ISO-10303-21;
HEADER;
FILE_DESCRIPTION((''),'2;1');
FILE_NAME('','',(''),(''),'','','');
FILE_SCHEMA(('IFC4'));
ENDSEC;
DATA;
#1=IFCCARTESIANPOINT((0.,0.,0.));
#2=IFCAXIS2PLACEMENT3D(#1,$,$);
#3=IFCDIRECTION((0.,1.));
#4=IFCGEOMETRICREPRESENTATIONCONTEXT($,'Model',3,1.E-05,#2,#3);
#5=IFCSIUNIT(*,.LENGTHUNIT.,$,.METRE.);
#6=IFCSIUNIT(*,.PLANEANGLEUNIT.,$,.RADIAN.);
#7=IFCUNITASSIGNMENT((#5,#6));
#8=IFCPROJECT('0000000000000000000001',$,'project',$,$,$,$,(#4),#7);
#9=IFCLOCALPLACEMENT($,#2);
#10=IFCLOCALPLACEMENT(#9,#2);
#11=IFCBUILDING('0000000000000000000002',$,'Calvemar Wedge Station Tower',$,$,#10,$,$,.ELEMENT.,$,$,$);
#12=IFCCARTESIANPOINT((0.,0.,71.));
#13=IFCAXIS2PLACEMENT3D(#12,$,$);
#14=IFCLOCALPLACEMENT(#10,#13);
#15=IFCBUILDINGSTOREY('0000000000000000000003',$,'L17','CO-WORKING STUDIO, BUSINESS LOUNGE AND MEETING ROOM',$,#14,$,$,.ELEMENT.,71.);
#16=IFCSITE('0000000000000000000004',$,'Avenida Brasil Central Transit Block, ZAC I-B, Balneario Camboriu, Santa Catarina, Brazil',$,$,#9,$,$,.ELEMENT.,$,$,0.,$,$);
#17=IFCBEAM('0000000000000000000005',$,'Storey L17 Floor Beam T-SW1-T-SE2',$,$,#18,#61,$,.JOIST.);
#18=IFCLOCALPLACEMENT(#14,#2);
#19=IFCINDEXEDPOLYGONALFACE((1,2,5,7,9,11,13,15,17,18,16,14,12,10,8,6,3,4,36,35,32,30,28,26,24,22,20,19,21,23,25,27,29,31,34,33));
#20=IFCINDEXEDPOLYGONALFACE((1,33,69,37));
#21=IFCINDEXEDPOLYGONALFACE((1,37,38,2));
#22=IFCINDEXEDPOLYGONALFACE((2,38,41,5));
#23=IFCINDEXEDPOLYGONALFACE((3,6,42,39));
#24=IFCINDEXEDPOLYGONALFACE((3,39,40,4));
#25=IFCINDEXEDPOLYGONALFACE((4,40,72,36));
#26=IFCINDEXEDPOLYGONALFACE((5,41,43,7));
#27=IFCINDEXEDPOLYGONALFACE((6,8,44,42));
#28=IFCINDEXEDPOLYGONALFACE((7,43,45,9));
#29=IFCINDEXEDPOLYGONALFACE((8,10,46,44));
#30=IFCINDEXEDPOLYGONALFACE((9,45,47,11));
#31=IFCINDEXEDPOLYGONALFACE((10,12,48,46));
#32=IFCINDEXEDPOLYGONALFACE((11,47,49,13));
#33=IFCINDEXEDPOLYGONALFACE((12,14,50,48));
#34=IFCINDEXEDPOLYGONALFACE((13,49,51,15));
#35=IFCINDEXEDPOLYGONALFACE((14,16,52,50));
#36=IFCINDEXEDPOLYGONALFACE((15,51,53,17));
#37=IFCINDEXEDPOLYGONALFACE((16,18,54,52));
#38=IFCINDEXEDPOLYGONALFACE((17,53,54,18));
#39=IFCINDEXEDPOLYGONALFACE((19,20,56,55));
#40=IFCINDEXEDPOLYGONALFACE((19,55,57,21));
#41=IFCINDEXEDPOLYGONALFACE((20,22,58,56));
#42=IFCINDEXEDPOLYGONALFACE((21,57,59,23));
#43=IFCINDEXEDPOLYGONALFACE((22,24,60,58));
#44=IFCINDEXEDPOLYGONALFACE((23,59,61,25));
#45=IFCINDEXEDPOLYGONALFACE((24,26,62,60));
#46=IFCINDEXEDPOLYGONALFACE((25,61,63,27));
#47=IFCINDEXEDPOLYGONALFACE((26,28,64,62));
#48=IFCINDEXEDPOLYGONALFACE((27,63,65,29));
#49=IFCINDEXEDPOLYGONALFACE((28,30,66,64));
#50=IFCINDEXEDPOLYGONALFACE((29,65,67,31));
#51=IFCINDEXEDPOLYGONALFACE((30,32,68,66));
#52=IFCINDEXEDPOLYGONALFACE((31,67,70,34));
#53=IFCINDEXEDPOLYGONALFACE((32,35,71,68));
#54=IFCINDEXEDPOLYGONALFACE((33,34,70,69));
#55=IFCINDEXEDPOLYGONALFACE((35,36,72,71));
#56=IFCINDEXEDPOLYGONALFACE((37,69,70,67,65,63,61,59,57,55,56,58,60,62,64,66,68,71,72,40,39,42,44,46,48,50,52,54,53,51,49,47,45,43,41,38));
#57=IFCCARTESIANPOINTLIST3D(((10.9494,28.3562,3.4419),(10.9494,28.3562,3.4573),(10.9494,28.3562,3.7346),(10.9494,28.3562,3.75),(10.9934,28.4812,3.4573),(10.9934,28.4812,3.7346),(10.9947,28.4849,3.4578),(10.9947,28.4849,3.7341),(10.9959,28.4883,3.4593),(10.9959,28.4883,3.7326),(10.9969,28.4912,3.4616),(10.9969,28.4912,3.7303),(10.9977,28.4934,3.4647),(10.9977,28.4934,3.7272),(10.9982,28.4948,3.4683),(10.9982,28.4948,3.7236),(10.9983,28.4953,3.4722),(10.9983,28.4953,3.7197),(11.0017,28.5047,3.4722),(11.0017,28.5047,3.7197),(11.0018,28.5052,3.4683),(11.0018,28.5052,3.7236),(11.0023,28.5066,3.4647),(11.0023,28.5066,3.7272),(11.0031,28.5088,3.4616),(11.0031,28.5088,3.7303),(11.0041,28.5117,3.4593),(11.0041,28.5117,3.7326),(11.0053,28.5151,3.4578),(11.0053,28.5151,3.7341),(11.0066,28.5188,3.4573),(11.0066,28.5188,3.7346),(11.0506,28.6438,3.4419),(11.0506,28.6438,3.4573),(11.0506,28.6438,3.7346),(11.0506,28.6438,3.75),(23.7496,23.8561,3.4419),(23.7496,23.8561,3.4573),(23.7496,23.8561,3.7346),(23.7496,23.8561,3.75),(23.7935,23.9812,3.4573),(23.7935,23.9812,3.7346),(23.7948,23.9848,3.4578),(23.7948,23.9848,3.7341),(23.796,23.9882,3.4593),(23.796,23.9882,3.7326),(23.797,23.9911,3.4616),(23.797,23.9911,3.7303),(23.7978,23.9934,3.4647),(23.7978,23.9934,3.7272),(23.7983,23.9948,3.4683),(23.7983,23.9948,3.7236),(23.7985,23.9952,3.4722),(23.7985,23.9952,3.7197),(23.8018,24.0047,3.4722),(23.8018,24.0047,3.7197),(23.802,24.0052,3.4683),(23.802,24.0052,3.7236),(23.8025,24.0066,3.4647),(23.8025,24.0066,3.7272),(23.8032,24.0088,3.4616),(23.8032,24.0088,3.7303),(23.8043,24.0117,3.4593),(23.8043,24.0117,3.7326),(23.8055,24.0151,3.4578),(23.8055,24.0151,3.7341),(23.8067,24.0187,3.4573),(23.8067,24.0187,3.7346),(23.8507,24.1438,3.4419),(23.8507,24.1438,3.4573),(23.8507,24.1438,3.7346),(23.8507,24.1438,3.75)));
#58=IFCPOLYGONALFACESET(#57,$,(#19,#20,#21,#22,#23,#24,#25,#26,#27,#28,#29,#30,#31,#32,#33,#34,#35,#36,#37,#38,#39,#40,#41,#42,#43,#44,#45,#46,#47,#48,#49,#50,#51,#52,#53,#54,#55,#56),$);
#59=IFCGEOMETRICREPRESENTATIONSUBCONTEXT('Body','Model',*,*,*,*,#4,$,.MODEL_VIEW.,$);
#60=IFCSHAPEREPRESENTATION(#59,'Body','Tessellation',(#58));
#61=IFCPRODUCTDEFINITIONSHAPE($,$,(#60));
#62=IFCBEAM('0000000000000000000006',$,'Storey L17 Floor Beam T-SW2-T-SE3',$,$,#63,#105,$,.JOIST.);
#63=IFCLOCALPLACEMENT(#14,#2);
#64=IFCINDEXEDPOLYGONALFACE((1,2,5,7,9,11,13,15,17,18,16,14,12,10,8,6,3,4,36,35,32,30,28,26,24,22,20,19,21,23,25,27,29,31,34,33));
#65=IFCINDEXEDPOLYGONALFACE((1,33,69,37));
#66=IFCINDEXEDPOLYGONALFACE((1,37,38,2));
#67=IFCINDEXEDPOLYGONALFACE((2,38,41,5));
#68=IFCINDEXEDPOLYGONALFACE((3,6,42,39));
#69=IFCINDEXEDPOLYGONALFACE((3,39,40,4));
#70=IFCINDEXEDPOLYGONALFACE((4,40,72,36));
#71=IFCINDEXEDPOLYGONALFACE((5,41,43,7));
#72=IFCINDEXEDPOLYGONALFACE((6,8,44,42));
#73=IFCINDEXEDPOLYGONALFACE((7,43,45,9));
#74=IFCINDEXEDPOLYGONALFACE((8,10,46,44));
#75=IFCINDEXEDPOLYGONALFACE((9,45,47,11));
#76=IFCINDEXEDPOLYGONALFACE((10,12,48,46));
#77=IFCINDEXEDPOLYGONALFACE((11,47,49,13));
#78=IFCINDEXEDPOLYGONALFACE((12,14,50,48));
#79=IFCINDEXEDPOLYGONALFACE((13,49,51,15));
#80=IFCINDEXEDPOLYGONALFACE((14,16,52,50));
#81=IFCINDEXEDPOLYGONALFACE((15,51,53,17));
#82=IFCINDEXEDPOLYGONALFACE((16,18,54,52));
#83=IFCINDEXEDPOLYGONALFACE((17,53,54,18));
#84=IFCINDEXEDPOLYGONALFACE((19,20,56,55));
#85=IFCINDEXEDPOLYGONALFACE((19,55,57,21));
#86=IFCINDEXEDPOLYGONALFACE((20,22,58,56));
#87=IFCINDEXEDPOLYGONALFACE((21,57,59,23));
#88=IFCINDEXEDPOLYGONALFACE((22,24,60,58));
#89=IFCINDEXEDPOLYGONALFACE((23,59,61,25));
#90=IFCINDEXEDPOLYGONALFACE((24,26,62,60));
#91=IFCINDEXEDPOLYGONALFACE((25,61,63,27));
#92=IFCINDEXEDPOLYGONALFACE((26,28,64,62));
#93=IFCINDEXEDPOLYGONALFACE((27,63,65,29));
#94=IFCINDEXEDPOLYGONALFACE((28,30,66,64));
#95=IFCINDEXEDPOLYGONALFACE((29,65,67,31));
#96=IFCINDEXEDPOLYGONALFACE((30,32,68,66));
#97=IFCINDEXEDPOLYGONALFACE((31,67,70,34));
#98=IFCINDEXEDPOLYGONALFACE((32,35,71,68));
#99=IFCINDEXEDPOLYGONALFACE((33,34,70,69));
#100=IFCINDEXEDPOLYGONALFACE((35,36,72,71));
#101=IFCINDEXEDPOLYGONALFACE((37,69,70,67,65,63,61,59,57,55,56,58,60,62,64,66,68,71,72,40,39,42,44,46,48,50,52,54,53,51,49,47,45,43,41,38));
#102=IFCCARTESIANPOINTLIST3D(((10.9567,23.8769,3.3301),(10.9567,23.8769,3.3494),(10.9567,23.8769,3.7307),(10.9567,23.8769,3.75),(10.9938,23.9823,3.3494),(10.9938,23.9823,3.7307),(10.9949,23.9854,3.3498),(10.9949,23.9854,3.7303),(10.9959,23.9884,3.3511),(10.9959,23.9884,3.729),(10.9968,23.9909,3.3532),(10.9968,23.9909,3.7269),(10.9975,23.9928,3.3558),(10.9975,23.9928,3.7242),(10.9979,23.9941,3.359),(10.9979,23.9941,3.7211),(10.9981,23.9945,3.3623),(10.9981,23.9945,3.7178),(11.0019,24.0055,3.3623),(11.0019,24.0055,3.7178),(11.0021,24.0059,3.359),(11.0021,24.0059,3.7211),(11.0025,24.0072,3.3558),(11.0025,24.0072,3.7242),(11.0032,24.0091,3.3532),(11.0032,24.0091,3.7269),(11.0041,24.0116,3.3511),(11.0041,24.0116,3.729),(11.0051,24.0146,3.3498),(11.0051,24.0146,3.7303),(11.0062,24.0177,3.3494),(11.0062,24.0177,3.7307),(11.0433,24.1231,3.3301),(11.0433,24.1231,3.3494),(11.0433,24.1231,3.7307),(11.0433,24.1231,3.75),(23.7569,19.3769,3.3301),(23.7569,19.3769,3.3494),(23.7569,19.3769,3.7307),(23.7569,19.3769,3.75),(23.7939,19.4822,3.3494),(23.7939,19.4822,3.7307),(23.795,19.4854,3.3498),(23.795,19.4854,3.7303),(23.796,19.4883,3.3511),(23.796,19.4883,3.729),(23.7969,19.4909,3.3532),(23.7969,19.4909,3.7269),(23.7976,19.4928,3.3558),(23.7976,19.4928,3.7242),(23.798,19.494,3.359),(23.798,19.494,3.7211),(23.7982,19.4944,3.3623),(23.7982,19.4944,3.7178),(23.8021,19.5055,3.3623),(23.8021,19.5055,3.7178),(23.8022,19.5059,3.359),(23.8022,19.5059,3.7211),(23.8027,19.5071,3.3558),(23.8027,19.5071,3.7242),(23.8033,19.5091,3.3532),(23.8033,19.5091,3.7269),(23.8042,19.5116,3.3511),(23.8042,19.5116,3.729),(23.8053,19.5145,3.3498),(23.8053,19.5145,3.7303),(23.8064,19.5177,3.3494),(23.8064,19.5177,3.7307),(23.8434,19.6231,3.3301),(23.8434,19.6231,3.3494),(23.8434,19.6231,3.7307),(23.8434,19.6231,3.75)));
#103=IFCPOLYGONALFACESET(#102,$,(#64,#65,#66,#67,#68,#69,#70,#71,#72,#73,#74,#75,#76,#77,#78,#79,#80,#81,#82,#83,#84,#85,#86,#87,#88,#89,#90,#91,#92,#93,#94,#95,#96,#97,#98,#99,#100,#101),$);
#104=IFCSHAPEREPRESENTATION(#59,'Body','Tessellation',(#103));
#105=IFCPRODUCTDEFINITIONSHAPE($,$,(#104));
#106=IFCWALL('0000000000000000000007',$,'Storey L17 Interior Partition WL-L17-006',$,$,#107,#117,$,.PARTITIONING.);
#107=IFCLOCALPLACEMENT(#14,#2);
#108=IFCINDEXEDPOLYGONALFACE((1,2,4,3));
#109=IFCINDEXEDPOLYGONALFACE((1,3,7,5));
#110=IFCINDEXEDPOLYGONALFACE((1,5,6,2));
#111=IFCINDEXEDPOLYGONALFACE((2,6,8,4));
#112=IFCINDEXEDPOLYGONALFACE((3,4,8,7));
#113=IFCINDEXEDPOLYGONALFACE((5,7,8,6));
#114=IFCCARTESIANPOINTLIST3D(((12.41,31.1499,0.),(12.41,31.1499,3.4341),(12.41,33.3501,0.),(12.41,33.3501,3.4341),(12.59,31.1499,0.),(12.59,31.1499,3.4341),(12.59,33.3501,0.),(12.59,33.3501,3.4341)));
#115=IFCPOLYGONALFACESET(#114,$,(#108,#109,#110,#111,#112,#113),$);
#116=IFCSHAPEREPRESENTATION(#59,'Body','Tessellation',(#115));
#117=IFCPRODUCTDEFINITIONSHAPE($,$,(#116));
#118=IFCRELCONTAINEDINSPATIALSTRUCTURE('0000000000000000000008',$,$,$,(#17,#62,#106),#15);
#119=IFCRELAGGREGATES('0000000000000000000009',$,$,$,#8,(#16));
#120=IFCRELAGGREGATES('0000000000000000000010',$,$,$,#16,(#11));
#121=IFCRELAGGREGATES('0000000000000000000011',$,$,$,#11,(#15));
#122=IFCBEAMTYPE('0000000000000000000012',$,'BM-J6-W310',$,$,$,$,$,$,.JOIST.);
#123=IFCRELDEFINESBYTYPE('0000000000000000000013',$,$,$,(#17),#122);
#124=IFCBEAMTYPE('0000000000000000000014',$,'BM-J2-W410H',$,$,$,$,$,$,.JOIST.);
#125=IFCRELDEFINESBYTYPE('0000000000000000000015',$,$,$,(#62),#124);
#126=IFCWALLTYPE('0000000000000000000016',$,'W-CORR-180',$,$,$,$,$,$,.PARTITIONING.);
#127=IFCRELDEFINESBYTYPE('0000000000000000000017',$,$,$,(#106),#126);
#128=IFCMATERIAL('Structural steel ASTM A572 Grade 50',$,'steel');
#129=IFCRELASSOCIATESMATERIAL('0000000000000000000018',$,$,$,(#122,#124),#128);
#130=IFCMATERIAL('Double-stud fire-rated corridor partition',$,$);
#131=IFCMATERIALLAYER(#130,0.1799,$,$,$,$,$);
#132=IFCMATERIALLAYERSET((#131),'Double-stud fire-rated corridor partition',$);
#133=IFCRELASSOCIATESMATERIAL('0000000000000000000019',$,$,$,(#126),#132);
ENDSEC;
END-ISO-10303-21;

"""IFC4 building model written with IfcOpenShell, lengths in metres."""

from ifc_helpers import new_model, si_unit, direction, frame, frame_2d, origin, origin_2d, place, context, subcontext, project, spatial, rectangle, i_section, extrude, source, transform, mapped, material, layer, layer_set, material_profile, profile_set, type_object, element, save


model = new_model("IFC4")

# Units and contexts
model_context = context("Model", 3, precision=1e-05, world=origin(), true_north=direction((0.0, 1.0)))
body_context = subcontext(model_context, "Body", "Model", "MODEL_VIEW")
ifc_project = project(units=[si_unit("LENGTHUNIT", "METRE"), si_unit("PLANEANGLEUNIT", "RADIAN")], contexts=[model_context])

# Site, building, storey
site_placement = place(None, origin())
site = spatial("IfcSite", under=ifc_project, at=site_placement, Name="Avenida Brasil Central Transit Block, ZAC I-B, Balneario Camboriu, Santa Catarina, Brazil", CompositionType="ELEMENT", RefElevation=0.0)
building_placement = place(site_placement, origin())
building = spatial("IfcBuilding", under=site, at=building_placement, Name="Calvemar Wedge Station Tower", CompositionType="ELEMENT")
storey_placement = place(building_placement, frame((0.0, 0.0, 71.0)))
storey = spatial("IfcBuildingStorey", under=building, at=storey_placement, Name="L17", Description="CO-WORKING STUDIO, BUSINESS LOUNGE AND MEETING ROOM", CompositionType="ELEMENT", Elevation=71.0)

# Beams
ifc_material_1 = material(Name="Structural steel ASTM A572 Grade 50", Category="steel")
ifc_material_profile_1 = material_profile(ifc_material_1, i_section(OverallWidth=0.3049, OverallDepth=0.3081, WebThickness=0.01, FlangeThickness=0.0154, FilletRadius=0.0149, at=origin_2d()), Name="W310x97")
ifc_profile_set_1 = profile_set([ifc_material_profile_1], Name="Structural steel ASTM A572 Grade 50")
beam_type_1 = type_object("IfcBeamType", Name="BM-J6-W310", PredefinedType="JOIST", material=ifc_profile_set_1)
shared_shape_1 = source(origin(), body_context, "Body", "SweptSolid", [
    extrude(i_section(OverallWidth=0.3049, OverallDepth=0.3081, WebThickness=0.01, FlangeThickness=0.0154, FilletRadius=0.0149, at=origin_2d()), origin(), (0.0, 0.0, 1.0), 13.5681),
])
for number, where, z_axis, x_axis, name in (
    (1, (11.0, 28.5, 3.5959), (0.943398, -0.331662, 0.0), (0.331662, 0.943398, 0.0), "Storey L17 Floor Beam T-SW1-T-SE2"),
):
    element("IfcBeam", number, at=place(storey_placement, frame(where, z_axis=z_axis, x_axis=x_axis)), inside=storey, type_object=beam_type_1, Name=name, PredefinedType="JOIST", context=body_context, shape_type="MappedRepresentation", body=[
        mapped(shared_shape_1, transform((0.0, 0.0, 0.0), scale=1.0)),
    ])
ifc_material_profile_2 = material_profile(ifc_material_1, i_section(OverallWidth=0.261, OverallDepth=0.4199, WebThickness=0.0117, FlangeThickness=0.0193, FilletRadius=0.0129, at=origin_2d()), Name="W410x114")
ifc_profile_set_2 = profile_set([ifc_material_profile_2], Name="Structural steel ASTM A572 Grade 50")
beam_type_2 = type_object("IfcBeamType", Name="BM-J2-W410H", PredefinedType="JOIST", material=ifc_profile_set_2)
shared_shape_2 = source(origin(), body_context, "Body", "SweptSolid", [
    extrude(i_section(OverallWidth=0.261, OverallDepth=0.4199, WebThickness=0.0117, FlangeThickness=0.0193, FilletRadius=0.0129, at=origin_2d()), origin(), (0.0, 0.0, 1.0), 13.5681),
])
beam_1_placement = place(storey_placement, frame((11.0, 24.0, 3.54), z_axis=(0.943398, -0.331662, 0.0), x_axis=(0.331662, 0.943398, 0.0)))
element("IfcBeam", 2, at=beam_1_placement, inside=storey, type_object=beam_type_2, Name="Storey L17 Floor Beam T-SW2-T-SE3", PredefinedType="JOIST", context=body_context, shape_type="MappedRepresentation", body=[
    mapped(shared_shape_2, transform((0.0, 0.0, 0.0), scale=1.0)),
])

# Wall
ifc_material_2 = material(Name="Double-stud fire-rated corridor partition")
ifc_layer_1 = layer(ifc_material_2, 0.1799)
ifc_layer_set_1 = layer_set([ifc_layer_1], Name="Double-stud fire-rated corridor partition")
wall_type_1 = type_object("IfcWallType", Name="W-CORR-180", PredefinedType="PARTITIONING", material=ifc_layer_set_1)
wall_1_placement = place(storey_placement, frame((12.5, 31.1499, 0.0), z_axis=(0.0, 0.0, 1.0), x_axis=(0.0, 1.0, 0.0)))
element("IfcWall", 3, at=wall_1_placement, inside=storey, type_object=wall_type_1, Name="Storey L17 Interior Partition WL-L17-006", PredefinedType="PARTITIONING", context=body_context, shape_type="SweptSolid", body=[
    extrude(rectangle(XDim=2.2002, YDim=0.1799, at=frame_2d((1.1001, 0.0))), origin(), (0.0, 0.0, 1.0), 3.4341),
])

save(model, "model.ifc")
